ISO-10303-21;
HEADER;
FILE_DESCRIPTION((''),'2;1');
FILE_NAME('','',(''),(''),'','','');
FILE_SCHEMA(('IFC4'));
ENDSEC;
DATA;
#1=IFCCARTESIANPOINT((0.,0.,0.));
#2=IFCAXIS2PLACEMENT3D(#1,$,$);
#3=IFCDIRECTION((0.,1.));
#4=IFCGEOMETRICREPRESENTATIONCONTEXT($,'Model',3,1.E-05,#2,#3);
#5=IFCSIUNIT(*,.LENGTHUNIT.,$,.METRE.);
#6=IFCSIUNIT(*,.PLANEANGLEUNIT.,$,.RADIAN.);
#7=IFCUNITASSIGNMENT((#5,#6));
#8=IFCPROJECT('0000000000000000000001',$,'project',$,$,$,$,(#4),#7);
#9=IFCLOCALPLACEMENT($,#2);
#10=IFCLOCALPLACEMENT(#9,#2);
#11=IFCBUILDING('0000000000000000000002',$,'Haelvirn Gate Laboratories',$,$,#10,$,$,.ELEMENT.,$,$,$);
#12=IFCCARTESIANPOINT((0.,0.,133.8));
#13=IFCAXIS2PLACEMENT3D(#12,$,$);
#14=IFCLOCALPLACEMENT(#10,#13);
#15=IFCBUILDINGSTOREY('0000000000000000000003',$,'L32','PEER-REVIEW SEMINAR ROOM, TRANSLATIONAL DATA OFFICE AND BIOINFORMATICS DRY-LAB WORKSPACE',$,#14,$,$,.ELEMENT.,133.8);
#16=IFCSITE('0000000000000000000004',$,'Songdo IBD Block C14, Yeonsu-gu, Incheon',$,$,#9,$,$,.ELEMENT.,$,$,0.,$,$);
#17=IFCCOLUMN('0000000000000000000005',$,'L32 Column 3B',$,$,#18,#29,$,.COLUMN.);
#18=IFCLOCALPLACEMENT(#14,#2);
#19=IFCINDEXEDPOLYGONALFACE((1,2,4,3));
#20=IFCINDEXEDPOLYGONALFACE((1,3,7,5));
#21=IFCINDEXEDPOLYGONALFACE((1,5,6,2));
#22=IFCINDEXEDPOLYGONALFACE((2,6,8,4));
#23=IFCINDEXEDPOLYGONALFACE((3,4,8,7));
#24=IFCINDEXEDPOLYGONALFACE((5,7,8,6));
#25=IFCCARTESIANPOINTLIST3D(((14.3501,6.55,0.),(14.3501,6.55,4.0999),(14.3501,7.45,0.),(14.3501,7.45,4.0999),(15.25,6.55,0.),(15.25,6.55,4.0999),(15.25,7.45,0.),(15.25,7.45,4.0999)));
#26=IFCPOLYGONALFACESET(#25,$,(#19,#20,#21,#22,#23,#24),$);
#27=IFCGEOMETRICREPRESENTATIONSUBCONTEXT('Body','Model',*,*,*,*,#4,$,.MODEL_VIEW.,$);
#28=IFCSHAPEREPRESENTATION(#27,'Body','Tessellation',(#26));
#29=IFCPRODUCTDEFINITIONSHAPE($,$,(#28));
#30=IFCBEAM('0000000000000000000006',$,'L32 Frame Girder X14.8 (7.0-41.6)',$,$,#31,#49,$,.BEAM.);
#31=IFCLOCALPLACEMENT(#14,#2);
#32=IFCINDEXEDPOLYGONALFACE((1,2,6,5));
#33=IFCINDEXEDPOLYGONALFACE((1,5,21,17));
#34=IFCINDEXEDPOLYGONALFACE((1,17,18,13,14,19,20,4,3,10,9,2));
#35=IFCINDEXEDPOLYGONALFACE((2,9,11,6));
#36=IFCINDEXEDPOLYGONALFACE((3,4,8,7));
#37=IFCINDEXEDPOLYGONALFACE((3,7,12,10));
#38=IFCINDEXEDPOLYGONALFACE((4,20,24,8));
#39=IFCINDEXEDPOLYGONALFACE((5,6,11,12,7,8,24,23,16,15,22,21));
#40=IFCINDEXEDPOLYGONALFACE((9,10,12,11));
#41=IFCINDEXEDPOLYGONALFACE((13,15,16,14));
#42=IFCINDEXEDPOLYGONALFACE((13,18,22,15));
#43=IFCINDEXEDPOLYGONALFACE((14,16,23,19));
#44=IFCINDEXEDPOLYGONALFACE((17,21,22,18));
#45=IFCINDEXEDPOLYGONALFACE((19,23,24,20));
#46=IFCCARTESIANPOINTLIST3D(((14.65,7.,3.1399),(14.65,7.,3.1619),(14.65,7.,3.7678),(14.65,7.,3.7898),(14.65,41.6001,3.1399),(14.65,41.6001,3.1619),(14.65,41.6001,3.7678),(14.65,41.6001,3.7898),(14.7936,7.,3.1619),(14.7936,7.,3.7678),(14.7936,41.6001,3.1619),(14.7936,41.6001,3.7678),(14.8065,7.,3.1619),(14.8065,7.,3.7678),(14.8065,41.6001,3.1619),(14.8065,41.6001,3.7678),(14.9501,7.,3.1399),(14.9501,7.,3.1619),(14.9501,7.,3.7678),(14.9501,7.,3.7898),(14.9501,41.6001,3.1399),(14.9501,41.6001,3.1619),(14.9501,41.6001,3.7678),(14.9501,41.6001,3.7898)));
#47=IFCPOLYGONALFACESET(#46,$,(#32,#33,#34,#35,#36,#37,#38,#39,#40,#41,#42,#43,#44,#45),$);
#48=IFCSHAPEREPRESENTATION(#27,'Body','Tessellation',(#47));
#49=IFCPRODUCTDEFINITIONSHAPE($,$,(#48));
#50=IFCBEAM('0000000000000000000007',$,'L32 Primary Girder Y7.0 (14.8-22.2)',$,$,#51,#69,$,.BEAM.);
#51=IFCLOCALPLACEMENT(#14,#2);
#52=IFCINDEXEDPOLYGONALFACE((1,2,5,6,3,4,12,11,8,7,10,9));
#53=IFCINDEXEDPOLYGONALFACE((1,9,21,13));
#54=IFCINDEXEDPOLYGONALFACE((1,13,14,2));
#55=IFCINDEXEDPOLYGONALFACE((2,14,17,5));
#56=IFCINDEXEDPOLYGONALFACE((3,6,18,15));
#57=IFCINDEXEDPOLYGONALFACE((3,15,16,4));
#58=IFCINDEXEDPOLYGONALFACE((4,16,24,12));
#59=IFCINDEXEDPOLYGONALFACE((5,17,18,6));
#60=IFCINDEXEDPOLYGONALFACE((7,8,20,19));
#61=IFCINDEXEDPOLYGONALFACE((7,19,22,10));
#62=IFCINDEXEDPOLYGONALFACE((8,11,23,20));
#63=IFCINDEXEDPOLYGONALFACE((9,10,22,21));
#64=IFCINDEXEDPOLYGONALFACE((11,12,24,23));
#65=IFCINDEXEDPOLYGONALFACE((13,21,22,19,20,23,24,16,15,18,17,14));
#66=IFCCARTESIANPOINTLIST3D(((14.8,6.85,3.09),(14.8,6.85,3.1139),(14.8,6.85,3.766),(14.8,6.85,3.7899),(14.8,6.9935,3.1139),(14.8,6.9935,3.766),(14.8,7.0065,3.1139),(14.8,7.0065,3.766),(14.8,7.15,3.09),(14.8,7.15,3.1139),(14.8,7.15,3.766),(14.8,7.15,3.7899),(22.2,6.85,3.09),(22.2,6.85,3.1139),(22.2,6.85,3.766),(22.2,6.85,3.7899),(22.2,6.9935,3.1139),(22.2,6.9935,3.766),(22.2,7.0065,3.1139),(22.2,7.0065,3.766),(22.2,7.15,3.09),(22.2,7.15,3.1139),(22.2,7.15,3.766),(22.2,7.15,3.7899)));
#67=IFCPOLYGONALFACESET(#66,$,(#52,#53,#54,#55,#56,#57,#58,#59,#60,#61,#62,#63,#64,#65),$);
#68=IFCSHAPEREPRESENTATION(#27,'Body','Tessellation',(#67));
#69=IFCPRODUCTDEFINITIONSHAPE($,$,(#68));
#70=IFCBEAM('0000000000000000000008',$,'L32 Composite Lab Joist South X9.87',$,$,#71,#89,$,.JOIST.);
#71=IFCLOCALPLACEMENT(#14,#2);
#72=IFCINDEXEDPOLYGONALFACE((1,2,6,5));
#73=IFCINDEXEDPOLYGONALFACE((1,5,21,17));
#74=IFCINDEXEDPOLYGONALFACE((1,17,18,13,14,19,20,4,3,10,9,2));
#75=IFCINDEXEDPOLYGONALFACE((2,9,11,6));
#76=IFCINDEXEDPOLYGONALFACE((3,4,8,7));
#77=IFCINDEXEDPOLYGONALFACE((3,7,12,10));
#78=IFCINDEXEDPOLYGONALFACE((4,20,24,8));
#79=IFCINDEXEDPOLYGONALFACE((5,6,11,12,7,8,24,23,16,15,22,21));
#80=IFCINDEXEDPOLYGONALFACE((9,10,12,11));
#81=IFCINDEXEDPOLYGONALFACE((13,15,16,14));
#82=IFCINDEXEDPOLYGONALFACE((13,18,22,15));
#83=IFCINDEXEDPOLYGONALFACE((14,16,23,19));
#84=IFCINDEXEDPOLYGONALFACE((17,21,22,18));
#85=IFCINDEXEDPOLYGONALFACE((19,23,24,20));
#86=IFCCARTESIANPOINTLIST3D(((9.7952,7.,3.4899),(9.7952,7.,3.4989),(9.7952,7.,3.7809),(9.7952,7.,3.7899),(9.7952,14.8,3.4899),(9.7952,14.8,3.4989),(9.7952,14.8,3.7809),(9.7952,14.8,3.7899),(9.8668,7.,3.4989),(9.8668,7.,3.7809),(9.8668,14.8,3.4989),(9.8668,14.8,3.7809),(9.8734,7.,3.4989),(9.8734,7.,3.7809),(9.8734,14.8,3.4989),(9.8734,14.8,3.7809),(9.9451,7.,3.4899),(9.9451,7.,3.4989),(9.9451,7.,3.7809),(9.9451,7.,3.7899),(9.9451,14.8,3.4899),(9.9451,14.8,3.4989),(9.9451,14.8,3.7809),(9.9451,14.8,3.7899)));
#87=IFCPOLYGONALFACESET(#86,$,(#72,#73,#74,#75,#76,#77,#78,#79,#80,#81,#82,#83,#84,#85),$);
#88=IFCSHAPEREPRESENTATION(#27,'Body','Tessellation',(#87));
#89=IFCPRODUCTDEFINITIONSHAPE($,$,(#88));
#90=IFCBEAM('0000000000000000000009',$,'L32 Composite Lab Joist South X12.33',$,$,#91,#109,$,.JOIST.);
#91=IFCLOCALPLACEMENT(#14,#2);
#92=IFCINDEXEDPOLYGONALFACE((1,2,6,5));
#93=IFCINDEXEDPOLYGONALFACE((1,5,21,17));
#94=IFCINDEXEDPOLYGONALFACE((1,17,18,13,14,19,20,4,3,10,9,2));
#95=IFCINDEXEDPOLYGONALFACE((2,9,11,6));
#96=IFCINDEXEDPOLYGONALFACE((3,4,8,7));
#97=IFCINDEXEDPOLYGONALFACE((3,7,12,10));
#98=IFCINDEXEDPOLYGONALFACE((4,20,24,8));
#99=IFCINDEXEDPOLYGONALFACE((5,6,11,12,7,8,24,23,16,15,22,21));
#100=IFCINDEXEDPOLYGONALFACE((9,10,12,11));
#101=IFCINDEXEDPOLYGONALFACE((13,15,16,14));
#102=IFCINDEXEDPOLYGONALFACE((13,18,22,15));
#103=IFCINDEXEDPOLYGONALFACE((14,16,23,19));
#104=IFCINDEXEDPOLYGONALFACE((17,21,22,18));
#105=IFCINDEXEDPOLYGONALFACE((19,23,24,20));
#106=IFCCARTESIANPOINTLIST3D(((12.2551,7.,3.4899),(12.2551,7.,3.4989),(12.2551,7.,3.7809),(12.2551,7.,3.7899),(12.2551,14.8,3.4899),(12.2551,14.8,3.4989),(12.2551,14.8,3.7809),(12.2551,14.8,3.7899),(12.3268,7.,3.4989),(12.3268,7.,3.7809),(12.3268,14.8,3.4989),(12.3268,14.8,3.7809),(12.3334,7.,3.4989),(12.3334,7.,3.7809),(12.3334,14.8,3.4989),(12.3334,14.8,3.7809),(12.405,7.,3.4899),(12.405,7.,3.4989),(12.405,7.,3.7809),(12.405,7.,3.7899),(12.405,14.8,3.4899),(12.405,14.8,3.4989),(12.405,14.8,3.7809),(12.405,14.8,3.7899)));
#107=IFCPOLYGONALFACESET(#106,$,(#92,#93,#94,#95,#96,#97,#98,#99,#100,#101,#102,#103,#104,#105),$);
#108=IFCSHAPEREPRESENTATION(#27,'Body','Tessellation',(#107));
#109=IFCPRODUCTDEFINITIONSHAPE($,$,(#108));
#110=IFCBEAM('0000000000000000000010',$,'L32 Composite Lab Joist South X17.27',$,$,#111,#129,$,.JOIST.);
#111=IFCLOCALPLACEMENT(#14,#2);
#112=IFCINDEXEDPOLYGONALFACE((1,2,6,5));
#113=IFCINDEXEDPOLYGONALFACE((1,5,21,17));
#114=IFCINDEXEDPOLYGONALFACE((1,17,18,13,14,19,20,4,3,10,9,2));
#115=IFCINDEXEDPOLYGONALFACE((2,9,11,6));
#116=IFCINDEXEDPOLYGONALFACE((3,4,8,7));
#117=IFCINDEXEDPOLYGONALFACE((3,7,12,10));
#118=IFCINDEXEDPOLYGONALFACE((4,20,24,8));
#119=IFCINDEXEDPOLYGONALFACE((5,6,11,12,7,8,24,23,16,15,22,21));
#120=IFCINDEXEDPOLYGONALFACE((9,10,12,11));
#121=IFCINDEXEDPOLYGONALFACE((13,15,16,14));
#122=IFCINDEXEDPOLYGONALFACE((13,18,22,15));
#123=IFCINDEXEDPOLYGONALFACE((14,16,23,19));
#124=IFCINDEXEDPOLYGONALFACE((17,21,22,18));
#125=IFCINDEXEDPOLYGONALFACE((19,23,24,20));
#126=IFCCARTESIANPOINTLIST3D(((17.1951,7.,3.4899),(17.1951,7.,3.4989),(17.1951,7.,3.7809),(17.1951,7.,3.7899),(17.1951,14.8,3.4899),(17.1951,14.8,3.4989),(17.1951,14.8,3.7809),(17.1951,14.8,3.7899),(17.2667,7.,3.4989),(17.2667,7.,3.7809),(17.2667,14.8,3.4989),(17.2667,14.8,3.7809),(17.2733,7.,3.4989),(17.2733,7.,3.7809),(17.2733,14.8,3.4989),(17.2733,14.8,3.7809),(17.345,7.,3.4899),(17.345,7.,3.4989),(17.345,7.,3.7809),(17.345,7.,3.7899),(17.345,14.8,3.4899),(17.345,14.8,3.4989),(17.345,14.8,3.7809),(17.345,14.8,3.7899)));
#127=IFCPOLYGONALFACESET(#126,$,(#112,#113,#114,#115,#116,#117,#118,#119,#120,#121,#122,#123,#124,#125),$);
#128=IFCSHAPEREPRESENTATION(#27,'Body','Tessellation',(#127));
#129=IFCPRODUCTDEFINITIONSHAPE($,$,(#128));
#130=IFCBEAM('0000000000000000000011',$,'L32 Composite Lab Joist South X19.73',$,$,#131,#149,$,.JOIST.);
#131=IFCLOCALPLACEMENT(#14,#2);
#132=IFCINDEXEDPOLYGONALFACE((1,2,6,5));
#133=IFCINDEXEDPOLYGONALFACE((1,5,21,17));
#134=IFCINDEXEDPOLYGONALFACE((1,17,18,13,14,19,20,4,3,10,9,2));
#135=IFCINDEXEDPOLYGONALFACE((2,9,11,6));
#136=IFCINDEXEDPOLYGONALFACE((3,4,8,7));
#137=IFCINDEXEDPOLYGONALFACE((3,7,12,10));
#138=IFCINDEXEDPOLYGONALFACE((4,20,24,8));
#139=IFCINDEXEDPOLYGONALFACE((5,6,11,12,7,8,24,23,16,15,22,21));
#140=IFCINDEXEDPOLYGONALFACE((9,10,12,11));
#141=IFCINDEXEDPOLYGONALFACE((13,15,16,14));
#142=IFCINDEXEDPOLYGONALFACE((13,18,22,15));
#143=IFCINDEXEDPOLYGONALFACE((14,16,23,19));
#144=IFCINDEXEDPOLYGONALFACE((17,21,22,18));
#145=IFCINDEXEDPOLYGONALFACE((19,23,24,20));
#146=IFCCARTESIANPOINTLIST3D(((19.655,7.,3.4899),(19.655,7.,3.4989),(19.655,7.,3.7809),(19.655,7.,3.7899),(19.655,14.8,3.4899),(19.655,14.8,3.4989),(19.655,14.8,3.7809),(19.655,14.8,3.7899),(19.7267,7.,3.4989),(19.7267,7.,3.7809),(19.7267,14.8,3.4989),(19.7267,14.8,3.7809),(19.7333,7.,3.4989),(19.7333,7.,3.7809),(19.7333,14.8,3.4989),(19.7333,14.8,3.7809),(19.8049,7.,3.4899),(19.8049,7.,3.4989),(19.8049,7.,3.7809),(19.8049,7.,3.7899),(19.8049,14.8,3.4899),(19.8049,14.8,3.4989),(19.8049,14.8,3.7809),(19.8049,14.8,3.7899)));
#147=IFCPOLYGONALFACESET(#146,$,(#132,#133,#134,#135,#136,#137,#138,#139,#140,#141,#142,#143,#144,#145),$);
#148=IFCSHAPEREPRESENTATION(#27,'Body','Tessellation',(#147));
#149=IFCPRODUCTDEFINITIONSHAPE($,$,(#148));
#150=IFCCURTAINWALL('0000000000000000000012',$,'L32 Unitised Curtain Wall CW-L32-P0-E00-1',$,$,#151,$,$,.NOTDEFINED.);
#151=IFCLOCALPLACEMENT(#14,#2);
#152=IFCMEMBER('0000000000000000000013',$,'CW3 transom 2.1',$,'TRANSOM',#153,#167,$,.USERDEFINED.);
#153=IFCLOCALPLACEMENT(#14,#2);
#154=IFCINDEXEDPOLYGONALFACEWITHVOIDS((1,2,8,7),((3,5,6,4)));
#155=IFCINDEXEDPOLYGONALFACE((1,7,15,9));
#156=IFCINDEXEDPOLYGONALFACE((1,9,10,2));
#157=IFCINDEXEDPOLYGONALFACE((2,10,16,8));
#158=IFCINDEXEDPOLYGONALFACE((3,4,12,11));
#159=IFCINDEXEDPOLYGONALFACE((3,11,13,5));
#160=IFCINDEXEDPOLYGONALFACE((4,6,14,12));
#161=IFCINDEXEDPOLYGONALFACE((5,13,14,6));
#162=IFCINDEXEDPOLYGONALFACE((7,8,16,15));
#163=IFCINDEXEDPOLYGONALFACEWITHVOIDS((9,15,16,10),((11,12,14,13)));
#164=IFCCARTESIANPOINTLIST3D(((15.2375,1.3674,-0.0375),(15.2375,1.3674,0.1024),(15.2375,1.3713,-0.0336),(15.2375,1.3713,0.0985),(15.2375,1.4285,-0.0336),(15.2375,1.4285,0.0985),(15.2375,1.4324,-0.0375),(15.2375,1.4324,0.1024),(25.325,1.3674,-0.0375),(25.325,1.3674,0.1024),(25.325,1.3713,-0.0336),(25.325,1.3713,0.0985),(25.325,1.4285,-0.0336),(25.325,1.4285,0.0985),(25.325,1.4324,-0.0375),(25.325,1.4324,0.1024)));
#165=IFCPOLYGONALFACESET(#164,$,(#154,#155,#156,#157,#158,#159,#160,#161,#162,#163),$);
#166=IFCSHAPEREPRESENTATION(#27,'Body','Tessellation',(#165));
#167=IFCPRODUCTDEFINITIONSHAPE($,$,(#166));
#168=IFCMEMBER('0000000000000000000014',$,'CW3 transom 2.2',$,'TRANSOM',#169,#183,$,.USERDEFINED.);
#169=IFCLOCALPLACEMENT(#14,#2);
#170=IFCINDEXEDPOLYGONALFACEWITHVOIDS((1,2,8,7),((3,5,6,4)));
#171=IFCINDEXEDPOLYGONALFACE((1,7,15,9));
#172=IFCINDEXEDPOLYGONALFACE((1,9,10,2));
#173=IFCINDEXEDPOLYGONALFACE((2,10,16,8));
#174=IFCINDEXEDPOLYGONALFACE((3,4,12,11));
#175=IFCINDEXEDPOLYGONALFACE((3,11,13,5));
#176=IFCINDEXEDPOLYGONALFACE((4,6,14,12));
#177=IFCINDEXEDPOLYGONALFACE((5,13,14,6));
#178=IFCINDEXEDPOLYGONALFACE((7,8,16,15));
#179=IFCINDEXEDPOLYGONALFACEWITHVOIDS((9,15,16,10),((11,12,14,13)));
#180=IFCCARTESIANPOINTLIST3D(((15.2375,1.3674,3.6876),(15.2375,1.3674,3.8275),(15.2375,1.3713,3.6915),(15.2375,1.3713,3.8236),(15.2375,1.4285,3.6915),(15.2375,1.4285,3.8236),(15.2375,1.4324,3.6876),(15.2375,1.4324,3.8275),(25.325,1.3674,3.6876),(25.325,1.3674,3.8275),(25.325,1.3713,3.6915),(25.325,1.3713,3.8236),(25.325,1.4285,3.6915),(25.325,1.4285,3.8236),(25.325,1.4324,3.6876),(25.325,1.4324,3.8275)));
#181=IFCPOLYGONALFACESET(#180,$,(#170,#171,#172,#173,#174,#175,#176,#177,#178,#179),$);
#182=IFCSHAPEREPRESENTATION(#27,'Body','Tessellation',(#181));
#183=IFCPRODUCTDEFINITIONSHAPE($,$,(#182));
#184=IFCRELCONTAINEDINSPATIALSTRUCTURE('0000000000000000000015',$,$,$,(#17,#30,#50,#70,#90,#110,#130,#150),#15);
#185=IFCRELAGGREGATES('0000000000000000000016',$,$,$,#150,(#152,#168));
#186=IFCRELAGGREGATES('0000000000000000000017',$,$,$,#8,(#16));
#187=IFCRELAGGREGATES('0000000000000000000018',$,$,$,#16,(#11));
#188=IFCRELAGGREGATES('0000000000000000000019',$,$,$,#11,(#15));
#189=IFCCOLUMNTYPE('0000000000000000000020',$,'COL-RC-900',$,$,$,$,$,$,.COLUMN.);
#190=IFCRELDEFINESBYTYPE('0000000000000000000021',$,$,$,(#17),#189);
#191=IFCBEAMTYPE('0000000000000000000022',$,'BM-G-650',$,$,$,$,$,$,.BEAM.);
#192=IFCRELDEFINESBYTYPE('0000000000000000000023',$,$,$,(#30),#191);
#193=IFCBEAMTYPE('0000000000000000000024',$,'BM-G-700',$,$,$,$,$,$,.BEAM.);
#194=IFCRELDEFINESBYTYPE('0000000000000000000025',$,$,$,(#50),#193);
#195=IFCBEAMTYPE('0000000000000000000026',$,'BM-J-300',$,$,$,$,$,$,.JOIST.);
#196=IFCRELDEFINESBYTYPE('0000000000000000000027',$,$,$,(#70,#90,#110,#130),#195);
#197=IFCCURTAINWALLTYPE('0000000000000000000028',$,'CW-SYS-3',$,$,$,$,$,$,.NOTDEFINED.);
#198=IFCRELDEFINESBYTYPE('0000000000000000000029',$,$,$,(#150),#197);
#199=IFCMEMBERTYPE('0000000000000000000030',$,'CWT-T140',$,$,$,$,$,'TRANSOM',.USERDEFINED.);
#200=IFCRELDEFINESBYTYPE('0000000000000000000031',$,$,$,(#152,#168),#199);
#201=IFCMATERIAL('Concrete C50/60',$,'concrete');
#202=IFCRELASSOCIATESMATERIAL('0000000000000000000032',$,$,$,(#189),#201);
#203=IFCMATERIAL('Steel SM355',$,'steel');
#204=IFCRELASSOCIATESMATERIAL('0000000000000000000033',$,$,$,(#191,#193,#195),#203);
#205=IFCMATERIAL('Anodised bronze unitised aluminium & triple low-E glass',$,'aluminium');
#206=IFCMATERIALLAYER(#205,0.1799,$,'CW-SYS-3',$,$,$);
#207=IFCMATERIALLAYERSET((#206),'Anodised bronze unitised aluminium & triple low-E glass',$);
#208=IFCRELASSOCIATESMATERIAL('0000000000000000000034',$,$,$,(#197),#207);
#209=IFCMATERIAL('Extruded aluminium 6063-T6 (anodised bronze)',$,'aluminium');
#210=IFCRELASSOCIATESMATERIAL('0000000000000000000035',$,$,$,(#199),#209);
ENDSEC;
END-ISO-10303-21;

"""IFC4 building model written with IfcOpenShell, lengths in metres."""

from ifc_helpers import new_model, si_unit, direction, frame, origin, origin_2d, place, context, subcontext, project, spatial, rectangle, hollow_rectangle, i_section, extrude, source, transform, mapped, material, layer, layer_set, material_profile, profile_set, type_object, type_shapes, element, aggregate, save


model = new_model("IFC4")

# Units and contexts
model_context = context("Model", 3, precision=1e-05, world=origin(), true_north=direction((0.0, 1.0)))
body_context = subcontext(model_context, "Body", "Model", "MODEL_VIEW")
ifc_project = project(units=[si_unit("LENGTHUNIT", "METRE"), si_unit("PLANEANGLEUNIT", "RADIAN")], contexts=[model_context])

# Site, building, storey
site_placement = place(None, origin())
site = spatial("IfcSite", under=ifc_project, at=site_placement, Name="Songdo IBD Block C14, Yeonsu-gu, Incheon", CompositionType="ELEMENT", RefElevation=0.0)
building_placement = place(site_placement, origin())
building = spatial("IfcBuilding", under=site, at=building_placement, Name="Haelvirn Gate Laboratories", CompositionType="ELEMENT")
storey_placement = place(building_placement, frame((0.0, 0.0, 133.8)))
storey = spatial("IfcBuildingStorey", under=building, at=storey_placement, Name="L32", Description="PEER-REVIEW SEMINAR ROOM, TRANSLATIONAL DATA OFFICE AND BIOINFORMATICS DRY-LAB WORKSPACE", CompositionType="ELEMENT", Elevation=133.8)

# Column
ifc_material_1 = material(Name="Concrete C50/60", Category="concrete")
ifc_material_profile_1 = material_profile(ifc_material_1, rectangle(XDim=0.8999, YDim=0.8999, at=origin_2d()), Name="RC-900x900")
ifc_profile_set_1 = profile_set([ifc_material_profile_1], Name="Concrete C50/60")
column_type = type_object("IfcColumnType", Name="COL-RC-900", PredefinedType="COLUMN", material=ifc_profile_set_1)
shared_shape_1 = source(origin(), body_context, "Body", "SweptSolid", [
    extrude(rectangle(XDim=0.8999, YDim=0.8999, at=origin_2d()), origin(), (0.0, 0.0, 1.0), 4.0999),
])
type_shapes(column_type, [shared_shape_1])
column_placement = place(storey_placement, frame((14.8, 7.0, 0.0), z_axis=(0.0, 0.0, 1.0), x_axis=(1.0, 0.0, 0.0)))
element("IfcColumn", 1, at=column_placement, inside=storey, type_object=column_type, Name="L32 Column 3B", PredefinedType="COLUMN", context=body_context, shape_type="MappedRepresentation", body=[
    mapped(shared_shape_1, transform((0.0, 0.0, 0.0), scale=1.0)),
])

# Beams
ifc_material_2 = material(Name="Steel SM355", Category="steel")
ifc_material_profile_2 = material_profile(ifc_material_2, i_section(OverallWidth=0.3, OverallDepth=0.6499, WebThickness=0.0129, FlangeThickness=0.022, at=origin_2d()), Name="H-650x300x13x22")
ifc_profile_set_2 = profile_set([ifc_material_profile_2], Name="Steel SM355")
beam_type_1 = type_object("IfcBeamType", Name="BM-G-650", PredefinedType="BEAM", material=ifc_profile_set_2)
shared_shape_2 = source(origin(), body_context, "Body", "SweptSolid", [
    extrude(i_section(OverallWidth=0.3, OverallDepth=0.6499, WebThickness=0.0129, FlangeThickness=0.022, at=origin_2d()), origin(), (0.0, 0.0, 1.0), 34.6001),
])
type_shapes(beam_type_1, [shared_shape_2])
beam_1_placement = place(storey_placement, frame((14.8, 7.0, 3.4648), z_axis=(0.0, 1.0, 0.0), x_axis=(-1.0, 0.0, 0.0)))
element("IfcBeam", 2, at=beam_1_placement, inside=storey, type_object=beam_type_1, Name="L32 Frame Girder X14.8 (7.0-41.6)", PredefinedType="BEAM", context=body_context, shape_type="MappedRepresentation", body=[
    mapped(shared_shape_2, transform((0.0, 0.0, 0.0), scale=1.0)),
])
ifc_material_profile_3 = material_profile(ifc_material_2, i_section(OverallWidth=0.3, OverallDepth=0.7, WebThickness=0.0129, FlangeThickness=0.0239, at=origin_2d()), Name="H-700x300x13x24")
ifc_profile_set_3 = profile_set([ifc_material_profile_3], Name="Steel SM355")
beam_type_2 = type_object("IfcBeamType", Name="BM-G-700", PredefinedType="BEAM", material=ifc_profile_set_3)
shared_shape_3 = source(origin(), body_context, "Body", "SweptSolid", [
    extrude(i_section(OverallWidth=0.3, OverallDepth=0.7, WebThickness=0.0129, FlangeThickness=0.0239, at=origin_2d()), origin(), (0.0, 0.0, 1.0), 7.3999),
])
type_shapes(beam_type_2, [shared_shape_3])
beam_2_placement = place(storey_placement, frame((14.8, 7.0, 3.4399), z_axis=(1.0, 0.0, 0.0), x_axis=(0.0, 1.0, 0.0)))
element("IfcBeam", 3, at=beam_2_placement, inside=storey, type_object=beam_type_2, Name="L32 Primary Girder Y7.0 (14.8-22.2)", PredefinedType="BEAM", context=body_context, shape_type="MappedRepresentation", body=[
    mapped(shared_shape_3, transform((0.0, 0.0, 0.0), scale=1.0)),
])
ifc_material_profile_4 = material_profile(ifc_material_2, i_section(OverallWidth=0.1499, OverallDepth=0.3, WebThickness=0.0066, FlangeThickness=0.009, at=origin_2d()), Name="H-300x150x6.5x9")
ifc_profile_set_4 = profile_set([ifc_material_profile_4], Name="Steel SM355")
beam_type_3 = type_object("IfcBeamType", Name="BM-J-300", PredefinedType="JOIST", material=ifc_profile_set_4)
shared_shape_4 = source(origin(), body_context, "Body", "SweptSolid", [
    extrude(i_section(OverallWidth=0.1499, OverallDepth=0.3, WebThickness=0.0066, FlangeThickness=0.009, at=origin_2d()), origin(), (0.0, 0.0, 1.0), 7.8),
])
type_shapes(beam_type_3, [shared_shape_4])
for number, where, z_axis, x_axis, name in (
    (4, (9.8701, 7.0, 3.6399), (0.0, 1.0, 0.0), (-1.0, 0.0, 0.0), "L32 Composite Lab Joist South X9.87"),
    (5, (12.3301, 7.0, 3.6399), (0.0, 1.0, 0.0), (-1.0, 0.0, 0.0), "L32 Composite Lab Joist South X12.33"),
    (6, (17.27, 7.0, 3.6399), (0.0, 1.0, 0.0), (-1.0, 0.0, 0.0), "L32 Composite Lab Joist South X17.27"),
    (7, (19.73, 7.0, 3.6399), (0.0, 1.0, 0.0), (-1.0, 0.0, 0.0), "L32 Composite Lab Joist South X19.73"),
):
    element("IfcBeam", number, at=place(storey_placement, frame(where, z_axis=z_axis, x_axis=x_axis)), inside=storey, type_object=beam_type_3, Name=name, PredefinedType="JOIST", context=body_context, shape_type="MappedRepresentation", body=[
        mapped(shared_shape_4, transform((0.0, 0.0, 0.0), scale=1.0)),
    ])

# Curtain wall, members
ifc_material_3 = material(Name="Anodised bronze unitised aluminium & triple low-E glass", Category="aluminium")
ifc_layer_1 = layer(ifc_material_3, 0.1799, Name="CW-SYS-3")
ifc_layer_set_1 = layer_set([ifc_layer_1], Name="Anodised bronze unitised aluminium & triple low-E glass")
curtain_wall_type = type_object("IfcCurtainWallType", Name="CW-SYS-3", PredefinedType="NOTDEFINED", material=ifc_layer_set_1)
curtain_wall_placement = place(storey_placement, origin())
curtain_wall = element("IfcCurtainWall", 8, at=curtain_wall_placement, inside=storey, type_object=curtain_wall_type, Name="L32 Unitised Curtain Wall CW-L32-P0-E00-1", PredefinedType="NOTDEFINED")
ifc_material_4 = material(Name="Extruded aluminium 6063-T6 (anodised bronze)", Category="aluminium")
ifc_material_profile_5 = material_profile(ifc_material_4, hollow_rectangle(XDim=0.0649, YDim=0.1399, WallThickness=0.0039, at=origin_2d()), Name="CWT-140x65x4")
ifc_profile_set_5 = profile_set([ifc_material_profile_5], Name="Extruded aluminium 6063-T6 (anodised bronze)")
member_type_1 = type_object("IfcMemberType", Name="CWT-T140", ElementType="TRANSOM", PredefinedType="USERDEFINED", material=ifc_profile_set_5)
shared_shape_5 = source(origin(), body_context, "Body", "SweptSolid", [
    extrude(hollow_rectangle(XDim=0.0649, YDim=0.1399, WallThickness=0.0039, at=origin_2d()), origin(), (0.0, 0.0, 1.0), 10.0874),
])
type_shapes(member_type_1, [shared_shape_5])
member_1_placement = place(storey_placement, frame((15.2375, 1.3999, 0.0325), z_axis=(1.0, 0.0, 0.0), x_axis=(0.0, 1.0, 0.0)))
member_1 = element("IfcMember", 9, at=member_1_placement, type_object=member_type_1, Name="CW3 transom 2.1", ObjectType="TRANSOM", PredefinedType="USERDEFINED", context=body_context, shape_type="MappedRepresentation", body=[
    mapped(shared_shape_5, transform((0.0, 0.0, 0.0), scale=1.0)),
])
member_2_placement = place(storey_placement, frame((15.2375, 1.3999, 3.7576), z_axis=(1.0, 0.0, 0.0), x_axis=(0.0, 1.0, 0.0)))
member_2 = element("IfcMember", 10, at=member_2_placement, type_object=member_type_1, Name="CW3 transom 2.2", ObjectType="TRANSOM", PredefinedType="USERDEFINED", context=body_context, shape_type="MappedRepresentation", body=[
    mapped(shared_shape_5, transform((0.0, 0.0, 0.0), scale=1.0)),
])
aggregate(curtain_wall, [member_1, member_2])

save(model, "model.ifc")
